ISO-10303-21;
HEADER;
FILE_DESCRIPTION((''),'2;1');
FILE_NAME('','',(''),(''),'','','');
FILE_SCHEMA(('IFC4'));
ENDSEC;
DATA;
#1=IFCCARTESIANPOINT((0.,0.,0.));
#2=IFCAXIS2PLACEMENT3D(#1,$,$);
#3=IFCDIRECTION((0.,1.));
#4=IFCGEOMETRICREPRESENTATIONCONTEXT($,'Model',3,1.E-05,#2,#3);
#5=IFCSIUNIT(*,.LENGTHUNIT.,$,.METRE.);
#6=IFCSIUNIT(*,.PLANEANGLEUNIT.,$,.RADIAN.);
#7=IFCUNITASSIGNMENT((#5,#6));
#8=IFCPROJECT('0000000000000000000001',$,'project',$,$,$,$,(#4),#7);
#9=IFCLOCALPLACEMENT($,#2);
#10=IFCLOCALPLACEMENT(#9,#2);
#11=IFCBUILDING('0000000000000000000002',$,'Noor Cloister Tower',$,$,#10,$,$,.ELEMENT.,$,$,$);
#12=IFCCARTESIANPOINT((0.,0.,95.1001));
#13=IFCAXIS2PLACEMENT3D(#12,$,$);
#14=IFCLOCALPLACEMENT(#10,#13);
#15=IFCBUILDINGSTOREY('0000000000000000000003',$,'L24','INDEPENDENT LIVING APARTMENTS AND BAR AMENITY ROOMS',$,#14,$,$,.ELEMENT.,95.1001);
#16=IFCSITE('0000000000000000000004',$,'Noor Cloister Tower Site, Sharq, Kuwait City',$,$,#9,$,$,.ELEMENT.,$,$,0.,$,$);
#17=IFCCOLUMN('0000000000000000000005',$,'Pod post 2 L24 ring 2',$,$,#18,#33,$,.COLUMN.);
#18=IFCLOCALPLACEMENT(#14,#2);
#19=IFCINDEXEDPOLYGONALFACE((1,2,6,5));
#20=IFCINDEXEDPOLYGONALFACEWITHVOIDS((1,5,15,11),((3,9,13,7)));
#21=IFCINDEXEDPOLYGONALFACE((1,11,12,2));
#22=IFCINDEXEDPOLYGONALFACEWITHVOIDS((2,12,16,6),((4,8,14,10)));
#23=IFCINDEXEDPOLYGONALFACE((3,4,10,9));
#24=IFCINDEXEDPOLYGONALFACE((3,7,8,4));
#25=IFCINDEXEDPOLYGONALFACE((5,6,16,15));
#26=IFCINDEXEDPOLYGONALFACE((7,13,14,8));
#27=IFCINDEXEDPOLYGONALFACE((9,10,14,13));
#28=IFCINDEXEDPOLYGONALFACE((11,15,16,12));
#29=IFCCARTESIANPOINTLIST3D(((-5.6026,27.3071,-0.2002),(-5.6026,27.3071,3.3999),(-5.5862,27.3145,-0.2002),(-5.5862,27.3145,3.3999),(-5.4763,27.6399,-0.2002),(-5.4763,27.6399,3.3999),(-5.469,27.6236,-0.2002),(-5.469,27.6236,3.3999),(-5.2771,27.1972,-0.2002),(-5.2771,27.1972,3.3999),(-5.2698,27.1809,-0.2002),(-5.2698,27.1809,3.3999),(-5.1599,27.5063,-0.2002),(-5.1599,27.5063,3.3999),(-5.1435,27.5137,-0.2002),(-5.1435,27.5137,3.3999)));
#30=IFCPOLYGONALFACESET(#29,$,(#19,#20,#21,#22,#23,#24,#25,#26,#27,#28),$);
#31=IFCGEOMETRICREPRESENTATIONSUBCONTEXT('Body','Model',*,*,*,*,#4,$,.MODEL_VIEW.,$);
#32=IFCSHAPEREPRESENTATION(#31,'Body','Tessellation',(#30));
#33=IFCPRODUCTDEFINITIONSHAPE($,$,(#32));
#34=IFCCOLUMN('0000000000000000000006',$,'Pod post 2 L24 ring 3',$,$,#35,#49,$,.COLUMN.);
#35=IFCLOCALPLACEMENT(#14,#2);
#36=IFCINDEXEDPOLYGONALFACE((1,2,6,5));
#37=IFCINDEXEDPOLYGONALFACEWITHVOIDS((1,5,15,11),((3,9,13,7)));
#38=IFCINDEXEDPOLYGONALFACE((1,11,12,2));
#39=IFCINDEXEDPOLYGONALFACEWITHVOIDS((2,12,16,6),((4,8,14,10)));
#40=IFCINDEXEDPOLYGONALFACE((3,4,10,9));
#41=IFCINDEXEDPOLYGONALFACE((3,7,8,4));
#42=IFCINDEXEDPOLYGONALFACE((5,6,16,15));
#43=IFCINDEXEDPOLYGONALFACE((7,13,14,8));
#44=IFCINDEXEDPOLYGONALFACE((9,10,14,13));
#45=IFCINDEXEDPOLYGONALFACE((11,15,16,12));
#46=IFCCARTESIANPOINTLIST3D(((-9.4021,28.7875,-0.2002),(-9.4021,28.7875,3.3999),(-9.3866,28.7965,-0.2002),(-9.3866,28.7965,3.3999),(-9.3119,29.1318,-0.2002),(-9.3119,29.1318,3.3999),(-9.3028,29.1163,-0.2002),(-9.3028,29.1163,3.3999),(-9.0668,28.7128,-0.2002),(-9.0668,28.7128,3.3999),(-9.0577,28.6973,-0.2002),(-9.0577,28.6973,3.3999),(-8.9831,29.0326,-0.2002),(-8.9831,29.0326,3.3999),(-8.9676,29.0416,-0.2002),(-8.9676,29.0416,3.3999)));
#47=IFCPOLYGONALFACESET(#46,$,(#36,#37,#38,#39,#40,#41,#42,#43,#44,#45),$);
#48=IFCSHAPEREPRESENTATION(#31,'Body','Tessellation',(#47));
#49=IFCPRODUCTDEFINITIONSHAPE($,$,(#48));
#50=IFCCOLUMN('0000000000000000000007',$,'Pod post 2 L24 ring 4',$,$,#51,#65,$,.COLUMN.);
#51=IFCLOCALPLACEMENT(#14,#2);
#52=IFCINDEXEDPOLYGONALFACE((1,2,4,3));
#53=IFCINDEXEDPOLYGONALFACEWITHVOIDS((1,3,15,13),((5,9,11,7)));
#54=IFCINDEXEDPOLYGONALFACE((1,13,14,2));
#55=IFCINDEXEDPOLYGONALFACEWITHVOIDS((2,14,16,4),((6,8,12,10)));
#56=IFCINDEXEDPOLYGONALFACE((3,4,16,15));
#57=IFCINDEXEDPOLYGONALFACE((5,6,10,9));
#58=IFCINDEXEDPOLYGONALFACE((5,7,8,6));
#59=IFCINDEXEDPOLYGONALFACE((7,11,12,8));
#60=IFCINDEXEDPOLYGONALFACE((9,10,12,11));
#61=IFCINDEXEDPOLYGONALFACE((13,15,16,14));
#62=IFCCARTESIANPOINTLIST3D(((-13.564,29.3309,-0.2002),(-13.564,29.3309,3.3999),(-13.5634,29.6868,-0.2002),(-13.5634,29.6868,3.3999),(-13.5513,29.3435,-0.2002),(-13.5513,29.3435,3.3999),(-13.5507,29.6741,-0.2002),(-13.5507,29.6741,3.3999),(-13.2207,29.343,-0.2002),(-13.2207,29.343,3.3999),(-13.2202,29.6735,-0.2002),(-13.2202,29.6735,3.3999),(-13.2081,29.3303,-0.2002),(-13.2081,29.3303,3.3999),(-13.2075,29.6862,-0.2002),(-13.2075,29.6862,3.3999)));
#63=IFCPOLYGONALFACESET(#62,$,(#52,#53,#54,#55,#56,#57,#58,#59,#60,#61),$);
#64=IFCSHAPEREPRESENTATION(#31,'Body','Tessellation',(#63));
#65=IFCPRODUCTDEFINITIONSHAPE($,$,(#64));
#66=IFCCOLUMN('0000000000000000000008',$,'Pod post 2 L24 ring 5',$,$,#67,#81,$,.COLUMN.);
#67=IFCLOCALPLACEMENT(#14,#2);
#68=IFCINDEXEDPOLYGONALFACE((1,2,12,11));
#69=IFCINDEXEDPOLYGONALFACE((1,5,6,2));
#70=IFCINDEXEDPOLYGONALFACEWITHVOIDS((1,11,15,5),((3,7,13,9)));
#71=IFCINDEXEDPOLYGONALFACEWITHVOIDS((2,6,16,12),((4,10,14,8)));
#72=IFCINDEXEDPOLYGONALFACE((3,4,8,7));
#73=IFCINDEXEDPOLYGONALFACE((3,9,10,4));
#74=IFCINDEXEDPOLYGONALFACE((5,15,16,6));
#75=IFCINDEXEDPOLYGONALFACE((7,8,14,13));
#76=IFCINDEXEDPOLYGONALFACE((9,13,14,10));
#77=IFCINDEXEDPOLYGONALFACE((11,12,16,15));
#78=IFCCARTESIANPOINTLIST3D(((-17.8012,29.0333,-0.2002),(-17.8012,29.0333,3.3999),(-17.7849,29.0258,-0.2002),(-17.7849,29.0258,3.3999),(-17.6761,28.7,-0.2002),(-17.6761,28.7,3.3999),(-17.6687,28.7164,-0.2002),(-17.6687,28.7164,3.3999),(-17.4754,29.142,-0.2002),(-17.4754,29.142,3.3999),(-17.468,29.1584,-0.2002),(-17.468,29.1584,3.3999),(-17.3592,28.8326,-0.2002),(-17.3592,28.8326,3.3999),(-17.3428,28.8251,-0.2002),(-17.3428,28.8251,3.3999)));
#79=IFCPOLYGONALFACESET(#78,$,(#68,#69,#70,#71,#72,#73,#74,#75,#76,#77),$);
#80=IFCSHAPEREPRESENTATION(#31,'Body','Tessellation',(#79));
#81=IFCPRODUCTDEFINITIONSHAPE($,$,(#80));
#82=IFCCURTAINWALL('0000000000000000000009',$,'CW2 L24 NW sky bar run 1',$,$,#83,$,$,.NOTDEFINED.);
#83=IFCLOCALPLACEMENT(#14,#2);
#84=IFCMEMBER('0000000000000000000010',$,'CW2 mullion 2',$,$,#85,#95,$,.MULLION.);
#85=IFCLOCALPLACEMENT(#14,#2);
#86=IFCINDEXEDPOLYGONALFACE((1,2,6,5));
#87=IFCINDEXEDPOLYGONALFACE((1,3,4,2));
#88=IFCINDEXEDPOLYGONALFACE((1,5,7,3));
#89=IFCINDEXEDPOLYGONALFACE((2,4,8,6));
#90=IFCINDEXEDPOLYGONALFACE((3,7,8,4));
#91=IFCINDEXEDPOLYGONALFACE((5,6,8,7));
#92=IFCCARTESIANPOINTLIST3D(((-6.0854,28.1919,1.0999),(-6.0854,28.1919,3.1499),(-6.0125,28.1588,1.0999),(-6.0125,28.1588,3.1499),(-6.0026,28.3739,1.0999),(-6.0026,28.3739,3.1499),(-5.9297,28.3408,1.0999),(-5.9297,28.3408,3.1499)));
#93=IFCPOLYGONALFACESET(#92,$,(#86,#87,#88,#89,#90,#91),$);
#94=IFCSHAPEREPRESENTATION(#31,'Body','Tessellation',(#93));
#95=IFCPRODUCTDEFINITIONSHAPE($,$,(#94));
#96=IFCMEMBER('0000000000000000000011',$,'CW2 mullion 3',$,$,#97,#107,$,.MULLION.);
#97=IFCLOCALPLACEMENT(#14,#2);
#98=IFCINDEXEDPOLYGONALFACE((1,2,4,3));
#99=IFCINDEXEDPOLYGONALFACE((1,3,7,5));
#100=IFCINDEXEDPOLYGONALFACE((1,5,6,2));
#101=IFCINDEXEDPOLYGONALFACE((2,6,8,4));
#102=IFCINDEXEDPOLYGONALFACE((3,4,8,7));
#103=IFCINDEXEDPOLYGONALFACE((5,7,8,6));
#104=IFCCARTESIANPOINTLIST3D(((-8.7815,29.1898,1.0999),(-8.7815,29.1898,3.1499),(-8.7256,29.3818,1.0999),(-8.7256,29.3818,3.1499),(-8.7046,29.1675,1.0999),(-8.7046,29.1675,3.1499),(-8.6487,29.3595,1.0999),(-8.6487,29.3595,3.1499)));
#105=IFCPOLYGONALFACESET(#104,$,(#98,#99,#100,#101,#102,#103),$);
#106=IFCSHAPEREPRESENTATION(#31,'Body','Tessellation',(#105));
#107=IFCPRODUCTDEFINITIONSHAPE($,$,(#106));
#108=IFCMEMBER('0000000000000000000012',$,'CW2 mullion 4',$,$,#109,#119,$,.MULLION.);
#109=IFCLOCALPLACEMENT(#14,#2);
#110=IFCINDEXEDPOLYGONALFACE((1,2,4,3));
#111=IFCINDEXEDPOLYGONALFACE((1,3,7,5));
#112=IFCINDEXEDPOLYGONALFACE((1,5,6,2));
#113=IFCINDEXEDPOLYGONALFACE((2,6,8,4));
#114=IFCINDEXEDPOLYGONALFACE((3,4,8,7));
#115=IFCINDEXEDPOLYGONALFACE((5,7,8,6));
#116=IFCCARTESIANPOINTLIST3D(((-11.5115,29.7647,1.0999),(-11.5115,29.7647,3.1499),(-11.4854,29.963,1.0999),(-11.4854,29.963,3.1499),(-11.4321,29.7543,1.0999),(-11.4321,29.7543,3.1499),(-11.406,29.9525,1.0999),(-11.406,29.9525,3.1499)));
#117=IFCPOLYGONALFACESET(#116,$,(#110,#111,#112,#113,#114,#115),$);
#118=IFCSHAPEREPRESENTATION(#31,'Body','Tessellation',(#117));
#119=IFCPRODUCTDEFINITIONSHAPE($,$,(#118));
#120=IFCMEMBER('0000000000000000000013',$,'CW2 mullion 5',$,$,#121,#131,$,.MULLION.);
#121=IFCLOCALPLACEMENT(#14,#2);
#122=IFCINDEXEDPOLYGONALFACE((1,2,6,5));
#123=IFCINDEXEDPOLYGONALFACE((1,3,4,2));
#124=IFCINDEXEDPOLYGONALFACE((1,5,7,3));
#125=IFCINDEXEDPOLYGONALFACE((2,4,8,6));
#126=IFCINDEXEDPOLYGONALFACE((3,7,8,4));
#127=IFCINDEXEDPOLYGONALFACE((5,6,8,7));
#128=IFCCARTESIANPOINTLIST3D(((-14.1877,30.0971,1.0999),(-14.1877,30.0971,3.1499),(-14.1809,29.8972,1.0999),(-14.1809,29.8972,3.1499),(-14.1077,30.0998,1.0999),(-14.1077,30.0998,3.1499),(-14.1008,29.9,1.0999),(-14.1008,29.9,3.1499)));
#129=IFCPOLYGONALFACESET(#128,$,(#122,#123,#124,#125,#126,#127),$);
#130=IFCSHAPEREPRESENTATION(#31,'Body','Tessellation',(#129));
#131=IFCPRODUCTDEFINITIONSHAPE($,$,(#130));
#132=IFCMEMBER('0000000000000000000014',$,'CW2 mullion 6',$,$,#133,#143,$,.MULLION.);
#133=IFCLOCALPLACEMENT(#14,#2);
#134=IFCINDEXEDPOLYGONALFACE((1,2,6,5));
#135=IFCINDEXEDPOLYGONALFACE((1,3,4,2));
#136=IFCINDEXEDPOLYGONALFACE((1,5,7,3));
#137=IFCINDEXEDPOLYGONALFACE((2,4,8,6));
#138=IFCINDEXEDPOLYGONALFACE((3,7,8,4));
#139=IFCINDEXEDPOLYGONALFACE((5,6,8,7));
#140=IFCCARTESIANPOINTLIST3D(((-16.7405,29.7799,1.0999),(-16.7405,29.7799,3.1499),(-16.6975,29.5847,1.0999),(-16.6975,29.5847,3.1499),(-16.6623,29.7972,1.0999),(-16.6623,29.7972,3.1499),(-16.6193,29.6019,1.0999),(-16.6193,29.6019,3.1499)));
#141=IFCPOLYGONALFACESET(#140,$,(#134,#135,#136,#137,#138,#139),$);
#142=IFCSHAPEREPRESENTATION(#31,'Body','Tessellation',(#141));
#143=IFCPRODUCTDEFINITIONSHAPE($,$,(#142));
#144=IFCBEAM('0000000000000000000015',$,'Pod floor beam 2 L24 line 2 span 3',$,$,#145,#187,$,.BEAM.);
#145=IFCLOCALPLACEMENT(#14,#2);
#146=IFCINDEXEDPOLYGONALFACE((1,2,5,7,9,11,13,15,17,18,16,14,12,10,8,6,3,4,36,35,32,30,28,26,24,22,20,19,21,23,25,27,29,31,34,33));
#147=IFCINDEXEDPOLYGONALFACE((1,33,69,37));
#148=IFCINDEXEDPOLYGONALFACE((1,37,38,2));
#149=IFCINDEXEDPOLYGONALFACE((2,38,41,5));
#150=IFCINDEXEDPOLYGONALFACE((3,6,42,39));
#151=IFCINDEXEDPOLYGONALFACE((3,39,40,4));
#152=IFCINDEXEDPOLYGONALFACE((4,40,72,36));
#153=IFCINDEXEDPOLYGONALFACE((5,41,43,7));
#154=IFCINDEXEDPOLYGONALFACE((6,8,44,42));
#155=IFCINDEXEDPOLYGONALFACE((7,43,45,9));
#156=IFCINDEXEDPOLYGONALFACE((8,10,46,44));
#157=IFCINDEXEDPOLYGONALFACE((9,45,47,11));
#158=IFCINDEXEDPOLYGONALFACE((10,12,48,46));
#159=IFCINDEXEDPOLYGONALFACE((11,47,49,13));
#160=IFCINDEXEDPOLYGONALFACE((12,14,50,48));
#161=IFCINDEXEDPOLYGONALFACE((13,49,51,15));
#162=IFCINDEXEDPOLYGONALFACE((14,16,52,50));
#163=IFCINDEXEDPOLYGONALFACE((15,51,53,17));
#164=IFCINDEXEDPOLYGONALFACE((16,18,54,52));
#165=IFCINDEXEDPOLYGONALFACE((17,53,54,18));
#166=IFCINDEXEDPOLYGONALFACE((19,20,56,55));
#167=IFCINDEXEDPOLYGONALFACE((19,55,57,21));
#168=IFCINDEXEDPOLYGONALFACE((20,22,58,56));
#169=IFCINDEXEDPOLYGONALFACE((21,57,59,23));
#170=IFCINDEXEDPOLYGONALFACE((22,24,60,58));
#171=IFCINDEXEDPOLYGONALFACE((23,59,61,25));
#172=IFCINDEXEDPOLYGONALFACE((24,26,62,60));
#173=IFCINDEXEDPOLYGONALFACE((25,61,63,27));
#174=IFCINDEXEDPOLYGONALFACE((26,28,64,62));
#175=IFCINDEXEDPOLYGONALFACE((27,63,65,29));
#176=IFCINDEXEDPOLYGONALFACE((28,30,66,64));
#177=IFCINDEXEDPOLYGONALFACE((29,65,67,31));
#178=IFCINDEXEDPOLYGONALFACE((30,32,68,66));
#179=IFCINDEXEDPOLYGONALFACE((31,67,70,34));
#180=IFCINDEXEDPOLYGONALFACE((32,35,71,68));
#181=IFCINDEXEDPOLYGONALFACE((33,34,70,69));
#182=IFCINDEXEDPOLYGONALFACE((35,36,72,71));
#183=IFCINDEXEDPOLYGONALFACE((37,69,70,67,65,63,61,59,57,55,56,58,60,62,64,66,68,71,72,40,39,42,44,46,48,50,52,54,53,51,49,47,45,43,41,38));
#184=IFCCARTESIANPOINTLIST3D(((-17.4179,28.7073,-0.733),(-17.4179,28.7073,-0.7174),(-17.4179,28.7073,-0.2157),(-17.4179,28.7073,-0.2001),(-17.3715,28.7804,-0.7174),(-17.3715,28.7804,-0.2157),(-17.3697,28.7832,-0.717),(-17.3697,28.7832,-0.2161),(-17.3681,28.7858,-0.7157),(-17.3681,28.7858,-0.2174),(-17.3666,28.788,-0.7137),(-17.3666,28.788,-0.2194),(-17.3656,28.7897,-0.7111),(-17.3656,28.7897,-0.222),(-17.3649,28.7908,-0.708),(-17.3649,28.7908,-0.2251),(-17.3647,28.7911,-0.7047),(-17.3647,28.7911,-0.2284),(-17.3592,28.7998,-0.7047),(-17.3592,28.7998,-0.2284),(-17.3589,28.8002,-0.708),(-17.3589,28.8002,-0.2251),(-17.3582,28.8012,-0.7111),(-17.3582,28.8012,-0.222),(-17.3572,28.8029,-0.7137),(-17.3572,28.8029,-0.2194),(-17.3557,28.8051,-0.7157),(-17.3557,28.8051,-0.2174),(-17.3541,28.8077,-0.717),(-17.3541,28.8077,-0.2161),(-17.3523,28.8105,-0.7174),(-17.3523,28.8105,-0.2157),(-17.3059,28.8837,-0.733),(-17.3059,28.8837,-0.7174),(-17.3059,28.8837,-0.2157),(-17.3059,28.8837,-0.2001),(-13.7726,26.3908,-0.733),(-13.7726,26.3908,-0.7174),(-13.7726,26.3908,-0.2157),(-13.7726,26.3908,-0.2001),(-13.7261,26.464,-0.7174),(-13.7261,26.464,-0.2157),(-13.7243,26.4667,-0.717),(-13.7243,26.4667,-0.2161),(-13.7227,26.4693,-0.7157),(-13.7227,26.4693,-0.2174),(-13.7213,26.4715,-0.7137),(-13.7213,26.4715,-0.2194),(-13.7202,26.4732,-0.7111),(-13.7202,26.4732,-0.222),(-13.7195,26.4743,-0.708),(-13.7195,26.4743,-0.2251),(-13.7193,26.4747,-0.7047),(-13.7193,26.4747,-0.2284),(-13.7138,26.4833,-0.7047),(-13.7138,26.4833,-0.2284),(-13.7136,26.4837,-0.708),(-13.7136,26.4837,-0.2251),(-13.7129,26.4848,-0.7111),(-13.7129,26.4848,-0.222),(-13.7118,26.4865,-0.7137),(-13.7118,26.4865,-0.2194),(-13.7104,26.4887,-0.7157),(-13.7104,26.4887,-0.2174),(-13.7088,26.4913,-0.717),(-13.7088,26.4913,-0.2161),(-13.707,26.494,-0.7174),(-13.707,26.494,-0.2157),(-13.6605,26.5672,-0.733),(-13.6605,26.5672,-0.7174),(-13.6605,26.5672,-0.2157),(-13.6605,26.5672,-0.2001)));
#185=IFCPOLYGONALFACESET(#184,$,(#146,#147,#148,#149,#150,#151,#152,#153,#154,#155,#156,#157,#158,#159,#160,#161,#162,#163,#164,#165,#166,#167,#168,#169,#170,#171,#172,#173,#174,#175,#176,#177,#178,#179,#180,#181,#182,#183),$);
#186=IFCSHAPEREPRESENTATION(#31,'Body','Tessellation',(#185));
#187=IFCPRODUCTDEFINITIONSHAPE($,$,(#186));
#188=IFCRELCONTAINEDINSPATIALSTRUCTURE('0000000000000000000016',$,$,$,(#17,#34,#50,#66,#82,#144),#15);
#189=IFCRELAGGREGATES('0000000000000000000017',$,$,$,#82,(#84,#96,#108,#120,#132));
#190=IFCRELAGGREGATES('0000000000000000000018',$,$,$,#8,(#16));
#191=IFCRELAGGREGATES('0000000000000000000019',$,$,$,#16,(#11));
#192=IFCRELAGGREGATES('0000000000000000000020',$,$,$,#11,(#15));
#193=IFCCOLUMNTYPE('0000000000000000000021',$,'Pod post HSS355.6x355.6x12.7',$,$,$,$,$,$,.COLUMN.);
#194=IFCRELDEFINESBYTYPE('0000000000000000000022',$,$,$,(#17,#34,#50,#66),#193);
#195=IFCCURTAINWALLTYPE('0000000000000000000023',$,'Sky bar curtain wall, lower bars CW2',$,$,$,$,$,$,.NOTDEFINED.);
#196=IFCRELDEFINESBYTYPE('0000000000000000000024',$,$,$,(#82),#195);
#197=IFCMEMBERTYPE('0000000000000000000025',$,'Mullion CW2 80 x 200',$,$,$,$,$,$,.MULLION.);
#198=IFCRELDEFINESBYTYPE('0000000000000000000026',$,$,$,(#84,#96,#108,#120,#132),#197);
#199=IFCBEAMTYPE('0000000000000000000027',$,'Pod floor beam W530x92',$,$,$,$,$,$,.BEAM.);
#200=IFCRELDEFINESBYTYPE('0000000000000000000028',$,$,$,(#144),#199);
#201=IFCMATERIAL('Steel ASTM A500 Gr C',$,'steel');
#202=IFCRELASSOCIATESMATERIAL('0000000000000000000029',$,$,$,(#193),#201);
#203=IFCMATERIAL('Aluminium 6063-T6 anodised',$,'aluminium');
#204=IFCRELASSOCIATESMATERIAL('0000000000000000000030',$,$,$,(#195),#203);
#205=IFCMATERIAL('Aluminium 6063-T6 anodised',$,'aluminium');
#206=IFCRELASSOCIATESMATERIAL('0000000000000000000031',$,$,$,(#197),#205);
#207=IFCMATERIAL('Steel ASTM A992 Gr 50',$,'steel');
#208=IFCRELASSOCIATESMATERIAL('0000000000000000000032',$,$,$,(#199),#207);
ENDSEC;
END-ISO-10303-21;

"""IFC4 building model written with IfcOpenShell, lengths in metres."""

from ifc_helpers import new_model, si_unit, direction, frame, origin, origin_2d, place, context, subcontext, project, spatial, rectangle, hollow_rectangle, i_section, extrude, material, material_profile, profile_set, type_object, element, aggregate, save


model = new_model("IFC4")

# Units and contexts
model_context = context("Model", 3, precision=1e-05, world=origin(), true_north=direction((0.0, 1.0)))
body_context = subcontext(model_context, "Body", "Model", "MODEL_VIEW")
ifc_project = project(units=[si_unit("LENGTHUNIT", "METRE"), si_unit("PLANEANGLEUNIT", "RADIAN")], contexts=[model_context])

# Site, building, storey
site_placement = place(None, origin())
site = spatial("IfcSite", under=ifc_project, at=site_placement, Name="Noor Cloister Tower Site, Sharq, Kuwait City", CompositionType="ELEMENT", RefElevation=0.0)
building_placement = place(site_placement, origin())
building = spatial("IfcBuilding", under=site, at=building_placement, Name="Noor Cloister Tower", CompositionType="ELEMENT")
storey_placement = place(building_placement, frame((0.0, 0.0, 95.1001)))
storey = spatial("IfcBuildingStorey", under=building, at=storey_placement, Name="L24", Description="INDEPENDENT LIVING APARTMENTS AND BAR AMENITY ROOMS", CompositionType="ELEMENT", Elevation=95.1001)

# Columns
ifc_material_1 = material(Name="Steel ASTM A500 Gr C", Category="steel")
ifc_material_profile_1 = material_profile(ifc_material_1, hollow_rectangle(XDim=0.356, YDim=0.356, WallThickness=0.0127, at=origin_2d()), Name="HSS355.6x355.6x12.7")
ifc_profile_set_1 = profile_set([ifc_material_profile_1], Name="Steel ASTM A500 Gr C")
column_type = type_object("IfcColumnType", Name="Pod post HSS355.6x355.6x12.7", PredefinedType="COLUMN", material=ifc_profile_set_1)
for number, where, z_axis, x_axis, name in (
    (1, (-5.373, 27.4104, -0.2002), (0.0, 0.0, 1.0), (-0.934997, 0.354654, 0.0), "Pod post 2 L24 ring 2"),
    (2, (-9.1848, 28.9146, -0.2002), (0.0, 0.0, 1.0), (-0.967384, 0.253314, 0.0), "Pod post 2 L24 ring 3"),
    (3, (-13.3857, 29.5085, -0.2002), (0.0, 0.0, 1.0), (-0.999998, 0.001737, 0.0), "Pod post 2 L24 ring 4"),
    (4, (-17.572, 28.9292, -0.2002), (0.0, 0.0, 1.0), (-0.936173, -0.351541, 0.0), "Pod post 2 L24 ring 5"),
):
    element("IfcColumn", number, at=place(storey_placement, frame(where, z_axis=z_axis, x_axis=x_axis)), inside=storey, type_object=column_type, Name=name, PredefinedType="COLUMN", context=body_context, shape_type="SweptSolid", body=[
        extrude(hollow_rectangle(XDim=0.356, YDim=0.356, WallThickness=0.0127, at=origin_2d()), origin(), (0.0, 0.0, 1.0), 3.6001),
    ])

# Curtain wall, members
ifc_material_2 = material(Name="Aluminium 6063-T6 anodised", Category="aluminium")
curtain_wall_type = type_object("IfcCurtainWallType", Name="Sky bar curtain wall, lower bars CW2", PredefinedType="NOTDEFINED", material=ifc_material_2)
curtain_wall_placement = place(storey_placement, origin())
curtain_wall = element("IfcCurtainWall", 5, at=curtain_wall_placement, inside=storey, type_object=curtain_wall_type, Name="CW2 L24 NW sky bar run 1", PredefinedType="NOTDEFINED")
ifc_material_3 = material(Name="Aluminium 6063-T6 anodised", Category="aluminium")
ifc_material_profile_2 = material_profile(ifc_material_3, rectangle(XDim=0.2, YDim=0.0801, at=origin_2d()), Name="200 x 80 mullion")
ifc_profile_set_2 = profile_set([ifc_material_profile_2], Name="Aluminium 6063-T6 anodised")
member_type = type_object("IfcMemberType", Name="Mullion CW2 80 x 200", PredefinedType="MULLION", material=ifc_profile_set_2)
member_1_placement = place(storey_placement, frame((-6.0076, 28.2664, 1.0999), z_axis=(0.0, 0.0, 1.0), x_axis=(-0.413885, -0.910329, 0.0)))
member_1 = element("IfcMember", 6, at=member_1_placement, type_object=member_type, Name="CW2 mullion 2", PredefinedType="MULLION", context=body_context, shape_type="SweptSolid", body=[
    extrude(rectangle(XDim=0.2, YDim=0.0801, at=origin_2d()), origin(), (0.0, 0.0, 1.0), 2.05),
])
member_2_placement = place(storey_placement, frame((-8.7151, 29.2747, 1.0999), z_axis=(0.0, 0.0, 1.0), x_axis=(-0.279338, -0.960193, 0.0)))
member_2 = element("IfcMember", 7, at=member_2_placement, type_object=member_type, Name="CW2 mullion 3", PredefinedType="MULLION", context=body_context, shape_type="SweptSolid", body=[
    extrude(rectangle(XDim=0.2, YDim=0.0801, at=origin_2d()), origin(), (0.0, 0.0, 1.0), 2.05),
])
member_3_placement = place(storey_placement, frame((-11.4587, 29.8586, 1.0999), z_axis=(0.0, 0.0, 1.0), x_axis=(-0.130537, -0.991443, 0.0)))
member_3 = element("IfcMember", 8, at=member_3_placement, type_object=member_type, Name="CW2 mullion 4", PredefinedType="MULLION", context=body_context, shape_type="SweptSolid", body=[
    extrude(rectangle(XDim=0.2, YDim=0.0801, at=origin_2d()), origin(), (0.0, 0.0, 1.0), 2.05),
])
member_4_placement = place(storey_placement, frame((-14.1443, 29.9985, 1.0999), z_axis=(0.0, 0.0, 1.0), x_axis=(0.034339, -0.99941, 0.0)))
member_4 = element("IfcMember", 9, at=member_4_placement, type_object=member_type, Name="CW2 mullion 5", PredefinedType="MULLION", context=body_context, shape_type="SweptSolid", body=[
    extrude(rectangle(XDim=0.2, YDim=0.0801, at=origin_2d()), origin(), (0.0, 0.0, 1.0), 2.05),
])
member_5_placement = place(storey_placement, frame((-16.6799, 29.6909, 1.0999), z_axis=(0.0, 0.0, 1.0), x_axis=(0.215218, -0.976566, 0.0)))
member_5 = element("IfcMember", 10, at=member_5_placement, type_object=member_type, Name="CW2 mullion 6", PredefinedType="MULLION", context=body_context, shape_type="SweptSolid", body=[
    extrude(rectangle(XDim=0.2, YDim=0.0801, at=origin_2d()), origin(), (0.0, 0.0, 1.0), 2.05),
])

# Beam
ifc_material_4 = material(Name="Steel ASTM A992 Gr 50", Category="steel")
ifc_material_profile_3 = material_profile(ifc_material_4, i_section(OverallWidth=0.209, OverallDepth=0.533, WebThickness=0.0103, FlangeThickness=0.0156, FilletRadius=0.0127, at=origin_2d()), Name="W530x92")
ifc_profile_set_3 = profile_set([ifc_material_profile_3], Name="Steel ASTM A992 Gr 50")
beam_type = type_object("IfcBeamType", Name="Pod floor beam W530x92", PredefinedType="BEAM", material=ifc_profile_set_3)
beam_1_placement = place(storey_placement, frame((-13.7166, 26.479, -0.4666), z_axis=(-0.844008, 0.53633, 0.0), x_axis=(-0.53633, -0.844008, 0.0)))
element("IfcBeam", 11, at=beam_1_placement, inside=storey, type_object=beam_type, Name="Pod floor beam 2 L24 line 2 span 3", PredefinedType="BEAM", context=body_context, shape_type="SweptSolid", body=[
    extrude(i_section(OverallWidth=0.209, OverallDepth=0.533, WebThickness=0.0103, FlangeThickness=0.0156, FilletRadius=0.0127, at=origin_2d()), origin(), (0.0, 0.0, 1.0), 4.3191),
])

aggregate(curtain_wall, [member_1, member_2, member_3, member_4, member_5])

save(model, "model.ifc")
